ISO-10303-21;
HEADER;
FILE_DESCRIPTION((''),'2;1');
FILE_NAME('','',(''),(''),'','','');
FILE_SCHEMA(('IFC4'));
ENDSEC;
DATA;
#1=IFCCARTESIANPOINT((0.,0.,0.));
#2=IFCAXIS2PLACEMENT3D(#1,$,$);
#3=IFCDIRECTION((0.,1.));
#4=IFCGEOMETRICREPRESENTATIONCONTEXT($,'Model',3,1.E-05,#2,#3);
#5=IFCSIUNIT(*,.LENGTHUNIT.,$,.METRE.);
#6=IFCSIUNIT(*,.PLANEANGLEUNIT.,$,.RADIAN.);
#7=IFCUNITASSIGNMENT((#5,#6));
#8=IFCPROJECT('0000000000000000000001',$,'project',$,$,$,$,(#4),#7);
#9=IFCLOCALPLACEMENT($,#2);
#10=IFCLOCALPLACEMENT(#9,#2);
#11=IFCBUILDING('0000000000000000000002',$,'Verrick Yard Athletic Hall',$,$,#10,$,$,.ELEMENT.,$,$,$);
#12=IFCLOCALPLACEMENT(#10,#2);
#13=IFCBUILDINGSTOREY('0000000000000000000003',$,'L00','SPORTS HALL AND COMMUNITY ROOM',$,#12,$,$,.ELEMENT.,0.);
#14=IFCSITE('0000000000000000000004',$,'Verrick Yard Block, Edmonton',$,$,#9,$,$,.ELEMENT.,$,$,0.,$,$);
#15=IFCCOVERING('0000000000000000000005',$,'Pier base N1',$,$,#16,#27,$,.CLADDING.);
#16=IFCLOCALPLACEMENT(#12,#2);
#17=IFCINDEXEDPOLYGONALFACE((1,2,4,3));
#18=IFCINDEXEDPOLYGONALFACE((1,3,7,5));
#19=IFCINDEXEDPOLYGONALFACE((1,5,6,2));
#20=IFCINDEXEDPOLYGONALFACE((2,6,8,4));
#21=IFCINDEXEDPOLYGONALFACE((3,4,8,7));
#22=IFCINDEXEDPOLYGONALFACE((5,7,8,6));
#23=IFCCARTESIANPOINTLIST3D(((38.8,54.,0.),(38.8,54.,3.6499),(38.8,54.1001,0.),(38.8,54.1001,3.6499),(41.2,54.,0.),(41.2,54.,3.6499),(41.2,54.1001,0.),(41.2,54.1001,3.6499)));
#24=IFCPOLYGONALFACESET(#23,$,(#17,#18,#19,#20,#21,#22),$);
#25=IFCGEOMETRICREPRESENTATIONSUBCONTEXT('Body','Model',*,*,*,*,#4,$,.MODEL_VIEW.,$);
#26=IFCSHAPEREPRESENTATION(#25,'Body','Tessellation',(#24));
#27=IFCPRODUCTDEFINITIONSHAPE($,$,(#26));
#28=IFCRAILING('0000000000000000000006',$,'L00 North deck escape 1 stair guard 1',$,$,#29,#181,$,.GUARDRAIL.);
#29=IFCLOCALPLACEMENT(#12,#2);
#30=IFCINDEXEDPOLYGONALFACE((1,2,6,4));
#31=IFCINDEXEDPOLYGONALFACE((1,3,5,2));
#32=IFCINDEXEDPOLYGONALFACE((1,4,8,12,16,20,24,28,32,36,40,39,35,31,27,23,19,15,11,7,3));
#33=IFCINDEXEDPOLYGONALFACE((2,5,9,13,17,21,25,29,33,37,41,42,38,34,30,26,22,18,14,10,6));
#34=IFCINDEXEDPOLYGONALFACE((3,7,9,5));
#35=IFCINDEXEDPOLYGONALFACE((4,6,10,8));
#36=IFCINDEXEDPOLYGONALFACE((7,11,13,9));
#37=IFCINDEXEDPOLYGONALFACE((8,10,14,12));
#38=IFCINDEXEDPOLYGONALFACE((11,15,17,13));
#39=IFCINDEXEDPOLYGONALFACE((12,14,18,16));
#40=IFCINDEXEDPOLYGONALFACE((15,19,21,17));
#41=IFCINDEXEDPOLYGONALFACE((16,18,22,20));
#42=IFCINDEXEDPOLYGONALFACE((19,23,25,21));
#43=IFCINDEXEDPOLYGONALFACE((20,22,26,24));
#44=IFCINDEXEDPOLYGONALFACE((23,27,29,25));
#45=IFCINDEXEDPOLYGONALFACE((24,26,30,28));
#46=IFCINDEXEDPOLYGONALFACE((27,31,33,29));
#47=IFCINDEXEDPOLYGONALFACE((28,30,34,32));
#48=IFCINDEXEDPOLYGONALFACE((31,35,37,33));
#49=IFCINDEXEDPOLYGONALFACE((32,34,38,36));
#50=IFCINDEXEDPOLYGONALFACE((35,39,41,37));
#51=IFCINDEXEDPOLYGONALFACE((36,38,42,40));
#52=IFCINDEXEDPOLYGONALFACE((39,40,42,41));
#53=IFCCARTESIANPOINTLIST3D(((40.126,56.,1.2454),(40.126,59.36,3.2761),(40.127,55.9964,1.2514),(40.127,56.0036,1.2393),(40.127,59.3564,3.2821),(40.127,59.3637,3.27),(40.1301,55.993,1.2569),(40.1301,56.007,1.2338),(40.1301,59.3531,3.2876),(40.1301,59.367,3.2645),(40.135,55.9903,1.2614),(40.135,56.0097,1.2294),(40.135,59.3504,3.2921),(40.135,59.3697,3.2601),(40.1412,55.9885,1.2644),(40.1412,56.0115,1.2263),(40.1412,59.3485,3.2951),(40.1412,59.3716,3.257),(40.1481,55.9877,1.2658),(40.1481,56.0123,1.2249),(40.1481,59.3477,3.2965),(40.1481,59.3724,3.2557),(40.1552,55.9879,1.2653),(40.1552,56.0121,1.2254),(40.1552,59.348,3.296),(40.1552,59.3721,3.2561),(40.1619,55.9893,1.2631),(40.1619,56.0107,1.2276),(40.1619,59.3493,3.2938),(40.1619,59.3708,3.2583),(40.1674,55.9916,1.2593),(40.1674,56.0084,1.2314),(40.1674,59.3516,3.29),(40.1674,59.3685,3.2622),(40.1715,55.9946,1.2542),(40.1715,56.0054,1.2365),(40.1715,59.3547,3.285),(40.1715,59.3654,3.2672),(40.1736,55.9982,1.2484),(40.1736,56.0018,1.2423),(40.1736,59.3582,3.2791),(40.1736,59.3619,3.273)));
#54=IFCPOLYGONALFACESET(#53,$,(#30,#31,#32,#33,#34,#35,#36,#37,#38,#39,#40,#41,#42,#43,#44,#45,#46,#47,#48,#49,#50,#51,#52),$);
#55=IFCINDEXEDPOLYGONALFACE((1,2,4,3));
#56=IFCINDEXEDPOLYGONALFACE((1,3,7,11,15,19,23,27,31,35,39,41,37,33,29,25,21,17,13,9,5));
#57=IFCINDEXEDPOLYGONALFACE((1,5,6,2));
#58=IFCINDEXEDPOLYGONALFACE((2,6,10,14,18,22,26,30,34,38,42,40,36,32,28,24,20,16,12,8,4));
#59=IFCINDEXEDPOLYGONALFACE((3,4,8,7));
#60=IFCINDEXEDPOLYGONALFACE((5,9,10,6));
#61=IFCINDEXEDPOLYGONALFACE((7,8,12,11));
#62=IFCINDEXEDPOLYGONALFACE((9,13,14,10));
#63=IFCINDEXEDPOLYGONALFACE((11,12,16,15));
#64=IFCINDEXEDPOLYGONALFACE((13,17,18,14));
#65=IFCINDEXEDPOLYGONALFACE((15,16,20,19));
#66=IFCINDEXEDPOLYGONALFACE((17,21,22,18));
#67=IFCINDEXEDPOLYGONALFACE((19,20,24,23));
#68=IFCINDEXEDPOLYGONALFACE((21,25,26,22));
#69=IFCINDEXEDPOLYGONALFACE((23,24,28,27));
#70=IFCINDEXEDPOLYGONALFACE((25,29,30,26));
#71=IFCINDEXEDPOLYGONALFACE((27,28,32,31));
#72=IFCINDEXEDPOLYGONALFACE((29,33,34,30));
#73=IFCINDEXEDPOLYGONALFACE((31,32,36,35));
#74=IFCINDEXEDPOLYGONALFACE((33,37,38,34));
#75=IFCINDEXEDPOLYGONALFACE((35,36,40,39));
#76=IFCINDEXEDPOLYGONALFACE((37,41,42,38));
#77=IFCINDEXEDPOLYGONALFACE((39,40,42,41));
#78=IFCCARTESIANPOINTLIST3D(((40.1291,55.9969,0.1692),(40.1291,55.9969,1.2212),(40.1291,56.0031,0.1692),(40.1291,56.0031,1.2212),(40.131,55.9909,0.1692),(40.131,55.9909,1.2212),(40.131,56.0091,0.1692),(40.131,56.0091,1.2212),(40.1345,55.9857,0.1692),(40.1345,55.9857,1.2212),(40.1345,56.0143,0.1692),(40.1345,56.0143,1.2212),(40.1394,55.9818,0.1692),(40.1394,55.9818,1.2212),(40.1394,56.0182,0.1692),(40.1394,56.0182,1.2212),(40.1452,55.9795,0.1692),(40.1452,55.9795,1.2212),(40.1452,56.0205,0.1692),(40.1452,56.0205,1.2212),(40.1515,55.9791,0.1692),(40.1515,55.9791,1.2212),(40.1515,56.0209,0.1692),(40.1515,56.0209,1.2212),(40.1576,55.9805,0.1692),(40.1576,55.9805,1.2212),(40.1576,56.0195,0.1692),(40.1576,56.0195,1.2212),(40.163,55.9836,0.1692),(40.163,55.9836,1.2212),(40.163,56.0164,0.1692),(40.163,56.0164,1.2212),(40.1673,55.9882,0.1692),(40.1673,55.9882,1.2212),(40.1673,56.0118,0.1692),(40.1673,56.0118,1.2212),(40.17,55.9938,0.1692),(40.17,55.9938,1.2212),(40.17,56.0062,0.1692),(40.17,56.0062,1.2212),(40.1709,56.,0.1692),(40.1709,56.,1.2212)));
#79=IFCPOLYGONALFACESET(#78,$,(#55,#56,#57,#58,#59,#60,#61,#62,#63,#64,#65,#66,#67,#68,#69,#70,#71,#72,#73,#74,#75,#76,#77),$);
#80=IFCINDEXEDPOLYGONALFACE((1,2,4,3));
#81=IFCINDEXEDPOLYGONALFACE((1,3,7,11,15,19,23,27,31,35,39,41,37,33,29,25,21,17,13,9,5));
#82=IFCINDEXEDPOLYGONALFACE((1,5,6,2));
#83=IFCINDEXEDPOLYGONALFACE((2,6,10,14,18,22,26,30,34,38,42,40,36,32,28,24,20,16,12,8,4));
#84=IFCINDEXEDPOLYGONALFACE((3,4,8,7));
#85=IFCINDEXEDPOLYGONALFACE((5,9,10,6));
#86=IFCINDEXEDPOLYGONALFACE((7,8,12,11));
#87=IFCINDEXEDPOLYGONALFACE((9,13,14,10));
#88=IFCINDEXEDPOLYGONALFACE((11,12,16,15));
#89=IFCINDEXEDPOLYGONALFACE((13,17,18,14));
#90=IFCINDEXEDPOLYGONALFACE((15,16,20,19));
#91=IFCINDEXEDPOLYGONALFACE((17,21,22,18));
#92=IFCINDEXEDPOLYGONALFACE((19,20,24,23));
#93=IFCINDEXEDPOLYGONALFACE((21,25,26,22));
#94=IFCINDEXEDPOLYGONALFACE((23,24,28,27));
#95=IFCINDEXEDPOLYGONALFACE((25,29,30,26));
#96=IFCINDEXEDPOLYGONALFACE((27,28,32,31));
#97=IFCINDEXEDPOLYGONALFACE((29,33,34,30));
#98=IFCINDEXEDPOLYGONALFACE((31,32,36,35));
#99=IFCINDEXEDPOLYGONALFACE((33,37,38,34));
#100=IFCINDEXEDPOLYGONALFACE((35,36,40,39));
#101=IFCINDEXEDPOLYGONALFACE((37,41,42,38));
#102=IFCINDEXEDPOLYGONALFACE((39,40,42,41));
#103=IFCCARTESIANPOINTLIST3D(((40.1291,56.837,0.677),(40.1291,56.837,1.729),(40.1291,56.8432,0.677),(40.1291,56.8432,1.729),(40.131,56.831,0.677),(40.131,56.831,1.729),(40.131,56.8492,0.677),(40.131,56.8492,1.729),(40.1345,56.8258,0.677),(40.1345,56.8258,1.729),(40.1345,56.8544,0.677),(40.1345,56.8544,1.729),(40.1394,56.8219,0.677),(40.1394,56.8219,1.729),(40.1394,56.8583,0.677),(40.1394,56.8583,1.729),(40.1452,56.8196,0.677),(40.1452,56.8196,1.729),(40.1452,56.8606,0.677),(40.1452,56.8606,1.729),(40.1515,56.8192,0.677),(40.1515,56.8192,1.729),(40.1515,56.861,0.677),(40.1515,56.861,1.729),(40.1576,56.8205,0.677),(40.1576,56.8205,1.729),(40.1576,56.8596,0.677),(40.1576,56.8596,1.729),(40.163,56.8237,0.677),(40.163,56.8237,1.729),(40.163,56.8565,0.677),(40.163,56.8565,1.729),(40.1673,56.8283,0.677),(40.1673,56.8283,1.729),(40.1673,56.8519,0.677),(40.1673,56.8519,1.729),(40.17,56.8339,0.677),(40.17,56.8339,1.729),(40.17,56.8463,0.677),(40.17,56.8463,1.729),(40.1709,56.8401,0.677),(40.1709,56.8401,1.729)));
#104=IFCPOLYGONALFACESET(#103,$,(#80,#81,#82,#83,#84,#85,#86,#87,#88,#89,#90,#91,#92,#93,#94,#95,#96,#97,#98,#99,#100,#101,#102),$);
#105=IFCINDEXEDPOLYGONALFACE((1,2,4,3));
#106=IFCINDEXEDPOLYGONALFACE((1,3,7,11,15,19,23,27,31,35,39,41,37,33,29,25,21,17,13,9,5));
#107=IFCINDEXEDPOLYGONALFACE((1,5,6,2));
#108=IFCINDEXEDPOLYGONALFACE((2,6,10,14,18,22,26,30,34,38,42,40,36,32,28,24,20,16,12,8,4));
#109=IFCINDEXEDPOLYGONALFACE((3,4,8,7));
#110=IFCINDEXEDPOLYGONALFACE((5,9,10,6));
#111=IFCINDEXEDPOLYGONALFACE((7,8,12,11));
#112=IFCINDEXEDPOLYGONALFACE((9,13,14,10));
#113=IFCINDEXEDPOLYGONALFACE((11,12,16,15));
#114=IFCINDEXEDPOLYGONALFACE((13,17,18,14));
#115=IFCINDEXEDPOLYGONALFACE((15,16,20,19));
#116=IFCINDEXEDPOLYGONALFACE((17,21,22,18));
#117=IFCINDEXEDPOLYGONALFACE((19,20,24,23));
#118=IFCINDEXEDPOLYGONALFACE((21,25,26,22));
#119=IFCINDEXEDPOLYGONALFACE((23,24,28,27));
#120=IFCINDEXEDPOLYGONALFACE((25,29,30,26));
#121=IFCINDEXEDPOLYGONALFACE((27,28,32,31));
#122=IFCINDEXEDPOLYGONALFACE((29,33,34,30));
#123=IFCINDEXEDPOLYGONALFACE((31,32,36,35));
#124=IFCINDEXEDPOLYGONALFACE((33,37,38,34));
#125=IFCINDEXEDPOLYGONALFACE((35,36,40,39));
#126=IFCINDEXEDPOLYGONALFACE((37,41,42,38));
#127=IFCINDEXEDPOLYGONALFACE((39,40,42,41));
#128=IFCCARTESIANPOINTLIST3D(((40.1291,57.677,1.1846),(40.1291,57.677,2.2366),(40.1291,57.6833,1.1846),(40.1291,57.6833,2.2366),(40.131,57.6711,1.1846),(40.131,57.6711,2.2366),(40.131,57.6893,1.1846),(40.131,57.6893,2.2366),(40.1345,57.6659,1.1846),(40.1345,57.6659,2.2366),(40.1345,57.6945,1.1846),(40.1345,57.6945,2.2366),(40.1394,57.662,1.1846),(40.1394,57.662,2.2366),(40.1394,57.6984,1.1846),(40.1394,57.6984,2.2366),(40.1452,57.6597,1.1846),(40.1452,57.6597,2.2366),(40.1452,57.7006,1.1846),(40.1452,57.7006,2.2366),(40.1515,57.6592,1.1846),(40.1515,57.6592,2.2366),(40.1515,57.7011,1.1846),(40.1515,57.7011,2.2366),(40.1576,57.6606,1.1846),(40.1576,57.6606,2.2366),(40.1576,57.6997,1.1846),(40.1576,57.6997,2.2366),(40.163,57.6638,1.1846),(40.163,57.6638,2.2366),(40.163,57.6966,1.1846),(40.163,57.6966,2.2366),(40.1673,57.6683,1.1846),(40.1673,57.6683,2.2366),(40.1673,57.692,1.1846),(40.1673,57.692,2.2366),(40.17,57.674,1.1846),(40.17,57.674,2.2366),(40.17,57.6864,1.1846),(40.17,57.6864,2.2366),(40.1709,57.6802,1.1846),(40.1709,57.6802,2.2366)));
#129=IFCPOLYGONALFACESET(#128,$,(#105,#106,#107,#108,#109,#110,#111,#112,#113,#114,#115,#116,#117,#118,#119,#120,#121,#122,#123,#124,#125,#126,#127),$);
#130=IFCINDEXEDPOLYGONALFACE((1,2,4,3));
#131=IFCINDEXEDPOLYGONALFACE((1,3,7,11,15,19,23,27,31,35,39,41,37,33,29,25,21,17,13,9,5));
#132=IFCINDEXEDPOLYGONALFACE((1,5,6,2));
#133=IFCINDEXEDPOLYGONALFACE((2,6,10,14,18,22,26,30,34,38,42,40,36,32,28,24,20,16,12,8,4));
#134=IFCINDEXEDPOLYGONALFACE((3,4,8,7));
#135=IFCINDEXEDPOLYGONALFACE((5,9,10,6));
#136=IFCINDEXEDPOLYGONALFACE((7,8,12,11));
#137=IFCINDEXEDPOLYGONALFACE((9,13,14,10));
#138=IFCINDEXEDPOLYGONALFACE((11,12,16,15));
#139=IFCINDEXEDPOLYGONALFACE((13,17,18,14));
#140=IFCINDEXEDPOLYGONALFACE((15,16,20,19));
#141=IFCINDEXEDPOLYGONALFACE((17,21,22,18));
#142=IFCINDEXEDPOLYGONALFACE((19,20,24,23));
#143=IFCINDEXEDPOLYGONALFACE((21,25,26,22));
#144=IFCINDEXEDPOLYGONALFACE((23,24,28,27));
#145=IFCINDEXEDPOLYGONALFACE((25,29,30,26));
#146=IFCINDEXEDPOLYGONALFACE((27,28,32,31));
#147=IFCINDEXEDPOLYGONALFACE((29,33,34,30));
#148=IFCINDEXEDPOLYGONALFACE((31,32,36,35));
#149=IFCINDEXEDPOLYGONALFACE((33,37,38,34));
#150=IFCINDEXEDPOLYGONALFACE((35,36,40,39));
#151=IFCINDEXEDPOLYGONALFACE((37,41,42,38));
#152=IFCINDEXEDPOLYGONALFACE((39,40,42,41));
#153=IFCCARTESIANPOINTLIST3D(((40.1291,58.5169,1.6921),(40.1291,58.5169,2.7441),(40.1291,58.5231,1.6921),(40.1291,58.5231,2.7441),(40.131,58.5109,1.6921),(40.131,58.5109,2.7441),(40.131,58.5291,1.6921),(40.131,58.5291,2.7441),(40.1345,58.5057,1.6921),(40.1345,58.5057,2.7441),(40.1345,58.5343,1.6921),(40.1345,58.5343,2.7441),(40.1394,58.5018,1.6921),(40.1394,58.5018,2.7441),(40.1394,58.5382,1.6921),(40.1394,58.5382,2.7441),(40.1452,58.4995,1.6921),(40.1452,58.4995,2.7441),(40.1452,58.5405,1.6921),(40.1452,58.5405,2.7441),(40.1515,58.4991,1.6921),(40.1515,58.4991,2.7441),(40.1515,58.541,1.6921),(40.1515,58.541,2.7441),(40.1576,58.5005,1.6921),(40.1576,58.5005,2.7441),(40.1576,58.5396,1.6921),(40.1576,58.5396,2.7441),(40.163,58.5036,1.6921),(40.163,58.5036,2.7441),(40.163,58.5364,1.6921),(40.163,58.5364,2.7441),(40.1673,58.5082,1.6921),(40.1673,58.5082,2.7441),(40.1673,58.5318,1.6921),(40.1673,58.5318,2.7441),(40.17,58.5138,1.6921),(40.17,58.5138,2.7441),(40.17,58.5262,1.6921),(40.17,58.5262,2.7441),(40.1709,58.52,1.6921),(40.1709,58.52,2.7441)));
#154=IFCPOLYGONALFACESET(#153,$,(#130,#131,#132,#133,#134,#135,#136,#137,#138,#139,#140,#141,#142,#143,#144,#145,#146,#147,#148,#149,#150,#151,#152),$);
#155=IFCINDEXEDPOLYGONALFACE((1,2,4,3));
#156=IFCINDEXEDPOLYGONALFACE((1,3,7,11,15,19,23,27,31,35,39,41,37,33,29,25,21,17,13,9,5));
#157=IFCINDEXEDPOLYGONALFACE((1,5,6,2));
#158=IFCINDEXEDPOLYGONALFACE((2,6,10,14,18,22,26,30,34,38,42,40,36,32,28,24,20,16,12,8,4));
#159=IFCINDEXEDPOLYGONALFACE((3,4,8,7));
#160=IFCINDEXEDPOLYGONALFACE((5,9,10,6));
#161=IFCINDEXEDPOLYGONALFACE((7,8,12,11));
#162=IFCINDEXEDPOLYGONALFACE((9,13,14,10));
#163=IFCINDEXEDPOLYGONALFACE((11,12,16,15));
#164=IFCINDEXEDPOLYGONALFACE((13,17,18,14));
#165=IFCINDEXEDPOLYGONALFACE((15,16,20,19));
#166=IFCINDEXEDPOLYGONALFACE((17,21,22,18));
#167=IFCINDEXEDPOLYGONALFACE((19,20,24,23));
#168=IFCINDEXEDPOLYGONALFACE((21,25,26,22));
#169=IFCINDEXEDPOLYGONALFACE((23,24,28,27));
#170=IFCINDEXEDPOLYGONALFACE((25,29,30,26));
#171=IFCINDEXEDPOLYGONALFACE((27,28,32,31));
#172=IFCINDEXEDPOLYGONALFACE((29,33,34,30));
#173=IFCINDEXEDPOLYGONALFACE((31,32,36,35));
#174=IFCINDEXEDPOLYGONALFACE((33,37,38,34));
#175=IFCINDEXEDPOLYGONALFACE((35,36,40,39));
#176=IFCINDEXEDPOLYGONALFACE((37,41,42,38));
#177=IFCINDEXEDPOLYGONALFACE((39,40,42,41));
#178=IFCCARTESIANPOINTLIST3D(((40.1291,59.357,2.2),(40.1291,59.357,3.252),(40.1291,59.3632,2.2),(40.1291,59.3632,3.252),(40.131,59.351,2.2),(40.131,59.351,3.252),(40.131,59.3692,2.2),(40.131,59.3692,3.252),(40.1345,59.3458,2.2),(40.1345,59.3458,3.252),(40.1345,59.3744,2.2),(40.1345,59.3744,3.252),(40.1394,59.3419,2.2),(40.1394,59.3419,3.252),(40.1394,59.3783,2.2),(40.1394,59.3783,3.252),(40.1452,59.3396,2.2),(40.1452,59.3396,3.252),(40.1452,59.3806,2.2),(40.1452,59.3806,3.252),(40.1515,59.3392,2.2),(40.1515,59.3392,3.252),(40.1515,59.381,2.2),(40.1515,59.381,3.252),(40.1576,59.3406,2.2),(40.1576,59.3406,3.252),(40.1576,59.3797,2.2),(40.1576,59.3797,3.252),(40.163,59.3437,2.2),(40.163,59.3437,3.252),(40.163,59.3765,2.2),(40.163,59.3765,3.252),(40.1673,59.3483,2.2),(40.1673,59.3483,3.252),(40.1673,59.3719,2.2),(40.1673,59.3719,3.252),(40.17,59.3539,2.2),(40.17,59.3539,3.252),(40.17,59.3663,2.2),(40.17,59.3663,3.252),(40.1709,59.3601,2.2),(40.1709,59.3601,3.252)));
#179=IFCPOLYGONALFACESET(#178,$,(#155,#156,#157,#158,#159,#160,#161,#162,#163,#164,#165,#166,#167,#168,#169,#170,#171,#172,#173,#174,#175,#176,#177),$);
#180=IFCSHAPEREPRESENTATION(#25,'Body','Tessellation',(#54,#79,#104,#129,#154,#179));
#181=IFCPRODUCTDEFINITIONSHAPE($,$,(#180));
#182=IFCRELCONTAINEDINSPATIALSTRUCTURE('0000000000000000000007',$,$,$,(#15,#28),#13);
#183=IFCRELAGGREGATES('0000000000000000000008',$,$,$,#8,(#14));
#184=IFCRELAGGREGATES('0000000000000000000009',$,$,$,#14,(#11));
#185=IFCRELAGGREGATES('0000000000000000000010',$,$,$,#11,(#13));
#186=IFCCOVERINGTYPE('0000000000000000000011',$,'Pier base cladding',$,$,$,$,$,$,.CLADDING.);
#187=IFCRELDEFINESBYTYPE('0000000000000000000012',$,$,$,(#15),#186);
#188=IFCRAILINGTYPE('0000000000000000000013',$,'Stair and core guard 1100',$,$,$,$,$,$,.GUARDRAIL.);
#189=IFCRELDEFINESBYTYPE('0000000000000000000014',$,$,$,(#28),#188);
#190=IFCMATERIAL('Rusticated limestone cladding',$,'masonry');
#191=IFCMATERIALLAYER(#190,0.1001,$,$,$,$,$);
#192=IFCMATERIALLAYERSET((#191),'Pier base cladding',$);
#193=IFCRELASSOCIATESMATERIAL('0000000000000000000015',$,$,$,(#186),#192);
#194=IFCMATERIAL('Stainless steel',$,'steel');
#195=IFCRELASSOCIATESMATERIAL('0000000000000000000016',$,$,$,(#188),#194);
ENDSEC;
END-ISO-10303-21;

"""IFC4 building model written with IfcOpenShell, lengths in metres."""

from ifc_helpers import new_model, si_unit, direction, frame, origin, origin_2d, place, context, subcontext, project, spatial, rectangle, circle, extrude, material, layer, layer_set, type_object, element, save


model = new_model("IFC4")

# Units and contexts
model_context = context("Model", 3, precision=1e-05, world=origin(), true_north=direction((0.0, 1.0)))
body_context = subcontext(model_context, "Body", "Model", "MODEL_VIEW")
ifc_project = project(units=[si_unit("LENGTHUNIT", "METRE"), si_unit("PLANEANGLEUNIT", "RADIAN")], contexts=[model_context])

# Site, building, storey
site_placement = place(None, origin())
site = spatial("IfcSite", under=ifc_project, at=site_placement, Name="Verrick Yard Block, Edmonton", CompositionType="ELEMENT", RefElevation=0.0)
building_placement = place(site_placement, origin())
building = spatial("IfcBuilding", under=site, at=building_placement, Name="Verrick Yard Athletic Hall", CompositionType="ELEMENT")
storey_placement = place(building_placement, origin())
storey = spatial("IfcBuildingStorey", under=building, at=storey_placement, Name="L00", Description="SPORTS HALL AND COMMUNITY ROOM", CompositionType="ELEMENT", Elevation=0.0)

# Covering
ifc_material_1 = material(Name="Rusticated limestone cladding", Category="masonry")
ifc_layer_1 = layer(ifc_material_1, 0.1001)
ifc_layer_set_1 = layer_set([ifc_layer_1], Name="Pier base cladding")
covering_type_1 = type_object("IfcCoveringType", Name="Pier base cladding", PredefinedType="CLADDING", material=ifc_layer_set_1)
covering_1_placement = place(storey_placement, frame((40.0, 54.05, 0.0), z_axis=(0.0, 0.0, 1.0), x_axis=(1.0, 0.0, 0.0)))
element("IfcCovering", 1, at=covering_1_placement, inside=storey, type_object=covering_type_1, Name="Pier base N1", PredefinedType="CLADDING", context=body_context, shape_type="SweptSolid", body=[
    extrude(rectangle(XDim=2.3999, YDim=0.1001, at=origin_2d()), origin(), (0.0, 0.0, 1.0), 3.6499),
])

# Railing
ifc_material_2 = material(Name="Stainless steel", Category="steel")
railing_type_1 = type_object("IfcRailingType", Name="Stair and core guard 1100", PredefinedType="GUARDRAIL", material=ifc_material_2)
railing_1_placement = place(storey_placement, frame((40.1499, 56.0, 0.1692)))
element("IfcRailing", 2, at=railing_1_placement, inside=storey, type_object=railing_type_1, Name="L00 North deck escape 1 stair guard 1", PredefinedType="GUARDRAIL", context=body_context, shape_type="SweptSolid", body=[
    extrude(circle(Radius=0.0239, at=origin_2d()), frame((0.0, 0.0, 1.0762), z_axis=(0.0, 0.855837, 0.517246), x_axis=(-1.0, 0.0, 0.0)), (0.0, 0.0, 1.0), 3.926),
    extrude(circle(Radius=0.021, at=origin_2d()), origin(), (0.0, 0.0, 1.0), 1.052),
    extrude(circle(Radius=0.021, at=origin_2d()), frame((0.0, 0.8401, 0.5078)), (0.0, 0.0, 1.0), 1.052),
    extrude(circle(Radius=0.021, at=origin_2d()), frame((0.0, 1.6802, 1.0154)), (0.0, 0.0, 1.0), 1.052),
    extrude(circle(Radius=0.021, at=origin_2d()), frame((0.0, 2.52, 1.5229)), (0.0, 0.0, 1.0), 1.052),
    extrude(circle(Radius=0.021, at=origin_2d()), frame((0.0, 3.3601, 2.0308)), (0.0, 0.0, 1.0), 1.052),
])

save(model, "model.ifc")
